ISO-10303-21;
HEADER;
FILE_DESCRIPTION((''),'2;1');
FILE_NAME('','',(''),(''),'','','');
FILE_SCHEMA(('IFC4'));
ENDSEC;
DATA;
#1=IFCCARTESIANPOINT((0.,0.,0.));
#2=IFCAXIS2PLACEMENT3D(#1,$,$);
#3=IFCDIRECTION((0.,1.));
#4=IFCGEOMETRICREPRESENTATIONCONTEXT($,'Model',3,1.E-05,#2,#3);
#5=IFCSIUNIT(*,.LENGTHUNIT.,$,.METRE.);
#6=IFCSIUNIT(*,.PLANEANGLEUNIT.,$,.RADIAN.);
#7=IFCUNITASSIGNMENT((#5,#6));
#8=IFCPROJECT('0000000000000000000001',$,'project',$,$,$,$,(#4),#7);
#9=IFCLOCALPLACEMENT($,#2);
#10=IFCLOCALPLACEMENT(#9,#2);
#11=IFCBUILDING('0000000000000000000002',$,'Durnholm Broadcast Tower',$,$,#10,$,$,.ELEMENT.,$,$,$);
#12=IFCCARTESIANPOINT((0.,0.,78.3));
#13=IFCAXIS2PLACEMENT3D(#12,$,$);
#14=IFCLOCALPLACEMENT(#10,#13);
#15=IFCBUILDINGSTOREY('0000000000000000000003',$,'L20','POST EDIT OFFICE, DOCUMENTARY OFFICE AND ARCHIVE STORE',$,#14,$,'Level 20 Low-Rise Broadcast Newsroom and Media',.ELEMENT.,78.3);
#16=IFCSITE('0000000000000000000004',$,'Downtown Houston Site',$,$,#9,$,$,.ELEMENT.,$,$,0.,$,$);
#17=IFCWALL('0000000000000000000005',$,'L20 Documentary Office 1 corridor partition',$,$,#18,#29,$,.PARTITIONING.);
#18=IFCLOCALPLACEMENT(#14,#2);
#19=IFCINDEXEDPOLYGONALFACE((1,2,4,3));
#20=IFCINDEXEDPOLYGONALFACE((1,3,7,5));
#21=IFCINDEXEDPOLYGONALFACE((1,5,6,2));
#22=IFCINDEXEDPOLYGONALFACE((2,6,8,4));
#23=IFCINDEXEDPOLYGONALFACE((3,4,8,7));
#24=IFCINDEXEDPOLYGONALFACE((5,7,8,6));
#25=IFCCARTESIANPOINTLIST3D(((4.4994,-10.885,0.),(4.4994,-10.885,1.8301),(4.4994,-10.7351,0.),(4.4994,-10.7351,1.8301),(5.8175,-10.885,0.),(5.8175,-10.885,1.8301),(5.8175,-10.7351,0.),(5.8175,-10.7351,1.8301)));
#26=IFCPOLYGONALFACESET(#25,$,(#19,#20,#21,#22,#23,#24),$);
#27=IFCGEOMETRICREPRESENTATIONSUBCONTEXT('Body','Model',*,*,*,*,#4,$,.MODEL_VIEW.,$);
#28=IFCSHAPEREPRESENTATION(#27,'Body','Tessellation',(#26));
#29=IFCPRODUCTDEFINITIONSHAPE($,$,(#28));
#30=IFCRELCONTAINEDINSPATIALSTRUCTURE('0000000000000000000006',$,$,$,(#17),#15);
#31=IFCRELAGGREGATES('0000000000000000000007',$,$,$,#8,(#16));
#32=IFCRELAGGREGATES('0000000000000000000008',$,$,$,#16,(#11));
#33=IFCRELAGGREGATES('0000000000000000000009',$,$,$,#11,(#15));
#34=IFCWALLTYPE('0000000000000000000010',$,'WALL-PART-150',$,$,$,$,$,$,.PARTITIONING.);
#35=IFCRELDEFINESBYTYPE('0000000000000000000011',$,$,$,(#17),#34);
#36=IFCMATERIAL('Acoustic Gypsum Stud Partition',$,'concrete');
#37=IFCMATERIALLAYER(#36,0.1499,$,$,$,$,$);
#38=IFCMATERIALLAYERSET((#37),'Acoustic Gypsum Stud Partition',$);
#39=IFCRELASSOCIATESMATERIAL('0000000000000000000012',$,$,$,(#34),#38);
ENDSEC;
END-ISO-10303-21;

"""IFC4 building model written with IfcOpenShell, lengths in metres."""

from ifc_helpers import new_model, si_unit, direction, frame, frame_2d, origin, place, context, subcontext, project, spatial, rectangle, extrude, material, layer, layer_set, type_object, element, save


model = new_model("IFC4")

# Units and contexts
model_context = context("Model", 3, precision=1e-05, world=origin(), true_north=direction((0.0, 1.0)))
body_context = subcontext(model_context, "Body", "Model", "MODEL_VIEW")
ifc_project = project(units=[si_unit("LENGTHUNIT", "METRE"), si_unit("PLANEANGLEUNIT", "RADIAN")], contexts=[model_context])

# Site, building, storey
site_placement = place(None, origin())
site = spatial("IfcSite", under=ifc_project, at=site_placement, Name="Downtown Houston Site", CompositionType="ELEMENT", RefElevation=0.0)
building_placement = place(site_placement, origin())
building = spatial("IfcBuilding", under=site, at=building_placement, Name="Durnholm Broadcast Tower", CompositionType="ELEMENT")
storey_placement = place(building_placement, frame((0.0, 0.0, 78.3)))
storey = spatial("IfcBuildingStorey", under=building, at=storey_placement, Name="L20", Description="POST EDIT OFFICE, DOCUMENTARY OFFICE AND ARCHIVE STORE", LongName="Level 20 Low-Rise Broadcast Newsroom and Media", CompositionType="ELEMENT", Elevation=78.3)

# Wall
ifc_material_1 = material(Name="Acoustic Gypsum Stud Partition", Category="concrete")
ifc_layer_1 = layer(ifc_material_1, 0.1499)
ifc_layer_set_1 = layer_set([ifc_layer_1], Name="Acoustic Gypsum Stud Partition")
wall_type_1 = type_object("IfcWallType", Name="WALL-PART-150", PredefinedType="PARTITIONING", material=ifc_layer_set_1)
wall_1_placement = place(storey_placement, frame((4.4993, -10.8101, 0.0), z_axis=(0.0, 0.0, 1.0), x_axis=(1.0, 0.0, 0.0)))
element("IfcWall", 1, at=wall_1_placement, inside=storey, type_object=wall_type_1, Name="L20 Documentary Office 1 corridor partition", PredefinedType="PARTITIONING", context=body_context, shape_type="SweptSolid", body=[
    extrude(rectangle(XDim=1.3181, YDim=0.1499, at=frame_2d((0.6592, 0.0))), origin(), (0.0, 0.0, 1.0), 1.8301),
])

save(model, "model.ifc")
